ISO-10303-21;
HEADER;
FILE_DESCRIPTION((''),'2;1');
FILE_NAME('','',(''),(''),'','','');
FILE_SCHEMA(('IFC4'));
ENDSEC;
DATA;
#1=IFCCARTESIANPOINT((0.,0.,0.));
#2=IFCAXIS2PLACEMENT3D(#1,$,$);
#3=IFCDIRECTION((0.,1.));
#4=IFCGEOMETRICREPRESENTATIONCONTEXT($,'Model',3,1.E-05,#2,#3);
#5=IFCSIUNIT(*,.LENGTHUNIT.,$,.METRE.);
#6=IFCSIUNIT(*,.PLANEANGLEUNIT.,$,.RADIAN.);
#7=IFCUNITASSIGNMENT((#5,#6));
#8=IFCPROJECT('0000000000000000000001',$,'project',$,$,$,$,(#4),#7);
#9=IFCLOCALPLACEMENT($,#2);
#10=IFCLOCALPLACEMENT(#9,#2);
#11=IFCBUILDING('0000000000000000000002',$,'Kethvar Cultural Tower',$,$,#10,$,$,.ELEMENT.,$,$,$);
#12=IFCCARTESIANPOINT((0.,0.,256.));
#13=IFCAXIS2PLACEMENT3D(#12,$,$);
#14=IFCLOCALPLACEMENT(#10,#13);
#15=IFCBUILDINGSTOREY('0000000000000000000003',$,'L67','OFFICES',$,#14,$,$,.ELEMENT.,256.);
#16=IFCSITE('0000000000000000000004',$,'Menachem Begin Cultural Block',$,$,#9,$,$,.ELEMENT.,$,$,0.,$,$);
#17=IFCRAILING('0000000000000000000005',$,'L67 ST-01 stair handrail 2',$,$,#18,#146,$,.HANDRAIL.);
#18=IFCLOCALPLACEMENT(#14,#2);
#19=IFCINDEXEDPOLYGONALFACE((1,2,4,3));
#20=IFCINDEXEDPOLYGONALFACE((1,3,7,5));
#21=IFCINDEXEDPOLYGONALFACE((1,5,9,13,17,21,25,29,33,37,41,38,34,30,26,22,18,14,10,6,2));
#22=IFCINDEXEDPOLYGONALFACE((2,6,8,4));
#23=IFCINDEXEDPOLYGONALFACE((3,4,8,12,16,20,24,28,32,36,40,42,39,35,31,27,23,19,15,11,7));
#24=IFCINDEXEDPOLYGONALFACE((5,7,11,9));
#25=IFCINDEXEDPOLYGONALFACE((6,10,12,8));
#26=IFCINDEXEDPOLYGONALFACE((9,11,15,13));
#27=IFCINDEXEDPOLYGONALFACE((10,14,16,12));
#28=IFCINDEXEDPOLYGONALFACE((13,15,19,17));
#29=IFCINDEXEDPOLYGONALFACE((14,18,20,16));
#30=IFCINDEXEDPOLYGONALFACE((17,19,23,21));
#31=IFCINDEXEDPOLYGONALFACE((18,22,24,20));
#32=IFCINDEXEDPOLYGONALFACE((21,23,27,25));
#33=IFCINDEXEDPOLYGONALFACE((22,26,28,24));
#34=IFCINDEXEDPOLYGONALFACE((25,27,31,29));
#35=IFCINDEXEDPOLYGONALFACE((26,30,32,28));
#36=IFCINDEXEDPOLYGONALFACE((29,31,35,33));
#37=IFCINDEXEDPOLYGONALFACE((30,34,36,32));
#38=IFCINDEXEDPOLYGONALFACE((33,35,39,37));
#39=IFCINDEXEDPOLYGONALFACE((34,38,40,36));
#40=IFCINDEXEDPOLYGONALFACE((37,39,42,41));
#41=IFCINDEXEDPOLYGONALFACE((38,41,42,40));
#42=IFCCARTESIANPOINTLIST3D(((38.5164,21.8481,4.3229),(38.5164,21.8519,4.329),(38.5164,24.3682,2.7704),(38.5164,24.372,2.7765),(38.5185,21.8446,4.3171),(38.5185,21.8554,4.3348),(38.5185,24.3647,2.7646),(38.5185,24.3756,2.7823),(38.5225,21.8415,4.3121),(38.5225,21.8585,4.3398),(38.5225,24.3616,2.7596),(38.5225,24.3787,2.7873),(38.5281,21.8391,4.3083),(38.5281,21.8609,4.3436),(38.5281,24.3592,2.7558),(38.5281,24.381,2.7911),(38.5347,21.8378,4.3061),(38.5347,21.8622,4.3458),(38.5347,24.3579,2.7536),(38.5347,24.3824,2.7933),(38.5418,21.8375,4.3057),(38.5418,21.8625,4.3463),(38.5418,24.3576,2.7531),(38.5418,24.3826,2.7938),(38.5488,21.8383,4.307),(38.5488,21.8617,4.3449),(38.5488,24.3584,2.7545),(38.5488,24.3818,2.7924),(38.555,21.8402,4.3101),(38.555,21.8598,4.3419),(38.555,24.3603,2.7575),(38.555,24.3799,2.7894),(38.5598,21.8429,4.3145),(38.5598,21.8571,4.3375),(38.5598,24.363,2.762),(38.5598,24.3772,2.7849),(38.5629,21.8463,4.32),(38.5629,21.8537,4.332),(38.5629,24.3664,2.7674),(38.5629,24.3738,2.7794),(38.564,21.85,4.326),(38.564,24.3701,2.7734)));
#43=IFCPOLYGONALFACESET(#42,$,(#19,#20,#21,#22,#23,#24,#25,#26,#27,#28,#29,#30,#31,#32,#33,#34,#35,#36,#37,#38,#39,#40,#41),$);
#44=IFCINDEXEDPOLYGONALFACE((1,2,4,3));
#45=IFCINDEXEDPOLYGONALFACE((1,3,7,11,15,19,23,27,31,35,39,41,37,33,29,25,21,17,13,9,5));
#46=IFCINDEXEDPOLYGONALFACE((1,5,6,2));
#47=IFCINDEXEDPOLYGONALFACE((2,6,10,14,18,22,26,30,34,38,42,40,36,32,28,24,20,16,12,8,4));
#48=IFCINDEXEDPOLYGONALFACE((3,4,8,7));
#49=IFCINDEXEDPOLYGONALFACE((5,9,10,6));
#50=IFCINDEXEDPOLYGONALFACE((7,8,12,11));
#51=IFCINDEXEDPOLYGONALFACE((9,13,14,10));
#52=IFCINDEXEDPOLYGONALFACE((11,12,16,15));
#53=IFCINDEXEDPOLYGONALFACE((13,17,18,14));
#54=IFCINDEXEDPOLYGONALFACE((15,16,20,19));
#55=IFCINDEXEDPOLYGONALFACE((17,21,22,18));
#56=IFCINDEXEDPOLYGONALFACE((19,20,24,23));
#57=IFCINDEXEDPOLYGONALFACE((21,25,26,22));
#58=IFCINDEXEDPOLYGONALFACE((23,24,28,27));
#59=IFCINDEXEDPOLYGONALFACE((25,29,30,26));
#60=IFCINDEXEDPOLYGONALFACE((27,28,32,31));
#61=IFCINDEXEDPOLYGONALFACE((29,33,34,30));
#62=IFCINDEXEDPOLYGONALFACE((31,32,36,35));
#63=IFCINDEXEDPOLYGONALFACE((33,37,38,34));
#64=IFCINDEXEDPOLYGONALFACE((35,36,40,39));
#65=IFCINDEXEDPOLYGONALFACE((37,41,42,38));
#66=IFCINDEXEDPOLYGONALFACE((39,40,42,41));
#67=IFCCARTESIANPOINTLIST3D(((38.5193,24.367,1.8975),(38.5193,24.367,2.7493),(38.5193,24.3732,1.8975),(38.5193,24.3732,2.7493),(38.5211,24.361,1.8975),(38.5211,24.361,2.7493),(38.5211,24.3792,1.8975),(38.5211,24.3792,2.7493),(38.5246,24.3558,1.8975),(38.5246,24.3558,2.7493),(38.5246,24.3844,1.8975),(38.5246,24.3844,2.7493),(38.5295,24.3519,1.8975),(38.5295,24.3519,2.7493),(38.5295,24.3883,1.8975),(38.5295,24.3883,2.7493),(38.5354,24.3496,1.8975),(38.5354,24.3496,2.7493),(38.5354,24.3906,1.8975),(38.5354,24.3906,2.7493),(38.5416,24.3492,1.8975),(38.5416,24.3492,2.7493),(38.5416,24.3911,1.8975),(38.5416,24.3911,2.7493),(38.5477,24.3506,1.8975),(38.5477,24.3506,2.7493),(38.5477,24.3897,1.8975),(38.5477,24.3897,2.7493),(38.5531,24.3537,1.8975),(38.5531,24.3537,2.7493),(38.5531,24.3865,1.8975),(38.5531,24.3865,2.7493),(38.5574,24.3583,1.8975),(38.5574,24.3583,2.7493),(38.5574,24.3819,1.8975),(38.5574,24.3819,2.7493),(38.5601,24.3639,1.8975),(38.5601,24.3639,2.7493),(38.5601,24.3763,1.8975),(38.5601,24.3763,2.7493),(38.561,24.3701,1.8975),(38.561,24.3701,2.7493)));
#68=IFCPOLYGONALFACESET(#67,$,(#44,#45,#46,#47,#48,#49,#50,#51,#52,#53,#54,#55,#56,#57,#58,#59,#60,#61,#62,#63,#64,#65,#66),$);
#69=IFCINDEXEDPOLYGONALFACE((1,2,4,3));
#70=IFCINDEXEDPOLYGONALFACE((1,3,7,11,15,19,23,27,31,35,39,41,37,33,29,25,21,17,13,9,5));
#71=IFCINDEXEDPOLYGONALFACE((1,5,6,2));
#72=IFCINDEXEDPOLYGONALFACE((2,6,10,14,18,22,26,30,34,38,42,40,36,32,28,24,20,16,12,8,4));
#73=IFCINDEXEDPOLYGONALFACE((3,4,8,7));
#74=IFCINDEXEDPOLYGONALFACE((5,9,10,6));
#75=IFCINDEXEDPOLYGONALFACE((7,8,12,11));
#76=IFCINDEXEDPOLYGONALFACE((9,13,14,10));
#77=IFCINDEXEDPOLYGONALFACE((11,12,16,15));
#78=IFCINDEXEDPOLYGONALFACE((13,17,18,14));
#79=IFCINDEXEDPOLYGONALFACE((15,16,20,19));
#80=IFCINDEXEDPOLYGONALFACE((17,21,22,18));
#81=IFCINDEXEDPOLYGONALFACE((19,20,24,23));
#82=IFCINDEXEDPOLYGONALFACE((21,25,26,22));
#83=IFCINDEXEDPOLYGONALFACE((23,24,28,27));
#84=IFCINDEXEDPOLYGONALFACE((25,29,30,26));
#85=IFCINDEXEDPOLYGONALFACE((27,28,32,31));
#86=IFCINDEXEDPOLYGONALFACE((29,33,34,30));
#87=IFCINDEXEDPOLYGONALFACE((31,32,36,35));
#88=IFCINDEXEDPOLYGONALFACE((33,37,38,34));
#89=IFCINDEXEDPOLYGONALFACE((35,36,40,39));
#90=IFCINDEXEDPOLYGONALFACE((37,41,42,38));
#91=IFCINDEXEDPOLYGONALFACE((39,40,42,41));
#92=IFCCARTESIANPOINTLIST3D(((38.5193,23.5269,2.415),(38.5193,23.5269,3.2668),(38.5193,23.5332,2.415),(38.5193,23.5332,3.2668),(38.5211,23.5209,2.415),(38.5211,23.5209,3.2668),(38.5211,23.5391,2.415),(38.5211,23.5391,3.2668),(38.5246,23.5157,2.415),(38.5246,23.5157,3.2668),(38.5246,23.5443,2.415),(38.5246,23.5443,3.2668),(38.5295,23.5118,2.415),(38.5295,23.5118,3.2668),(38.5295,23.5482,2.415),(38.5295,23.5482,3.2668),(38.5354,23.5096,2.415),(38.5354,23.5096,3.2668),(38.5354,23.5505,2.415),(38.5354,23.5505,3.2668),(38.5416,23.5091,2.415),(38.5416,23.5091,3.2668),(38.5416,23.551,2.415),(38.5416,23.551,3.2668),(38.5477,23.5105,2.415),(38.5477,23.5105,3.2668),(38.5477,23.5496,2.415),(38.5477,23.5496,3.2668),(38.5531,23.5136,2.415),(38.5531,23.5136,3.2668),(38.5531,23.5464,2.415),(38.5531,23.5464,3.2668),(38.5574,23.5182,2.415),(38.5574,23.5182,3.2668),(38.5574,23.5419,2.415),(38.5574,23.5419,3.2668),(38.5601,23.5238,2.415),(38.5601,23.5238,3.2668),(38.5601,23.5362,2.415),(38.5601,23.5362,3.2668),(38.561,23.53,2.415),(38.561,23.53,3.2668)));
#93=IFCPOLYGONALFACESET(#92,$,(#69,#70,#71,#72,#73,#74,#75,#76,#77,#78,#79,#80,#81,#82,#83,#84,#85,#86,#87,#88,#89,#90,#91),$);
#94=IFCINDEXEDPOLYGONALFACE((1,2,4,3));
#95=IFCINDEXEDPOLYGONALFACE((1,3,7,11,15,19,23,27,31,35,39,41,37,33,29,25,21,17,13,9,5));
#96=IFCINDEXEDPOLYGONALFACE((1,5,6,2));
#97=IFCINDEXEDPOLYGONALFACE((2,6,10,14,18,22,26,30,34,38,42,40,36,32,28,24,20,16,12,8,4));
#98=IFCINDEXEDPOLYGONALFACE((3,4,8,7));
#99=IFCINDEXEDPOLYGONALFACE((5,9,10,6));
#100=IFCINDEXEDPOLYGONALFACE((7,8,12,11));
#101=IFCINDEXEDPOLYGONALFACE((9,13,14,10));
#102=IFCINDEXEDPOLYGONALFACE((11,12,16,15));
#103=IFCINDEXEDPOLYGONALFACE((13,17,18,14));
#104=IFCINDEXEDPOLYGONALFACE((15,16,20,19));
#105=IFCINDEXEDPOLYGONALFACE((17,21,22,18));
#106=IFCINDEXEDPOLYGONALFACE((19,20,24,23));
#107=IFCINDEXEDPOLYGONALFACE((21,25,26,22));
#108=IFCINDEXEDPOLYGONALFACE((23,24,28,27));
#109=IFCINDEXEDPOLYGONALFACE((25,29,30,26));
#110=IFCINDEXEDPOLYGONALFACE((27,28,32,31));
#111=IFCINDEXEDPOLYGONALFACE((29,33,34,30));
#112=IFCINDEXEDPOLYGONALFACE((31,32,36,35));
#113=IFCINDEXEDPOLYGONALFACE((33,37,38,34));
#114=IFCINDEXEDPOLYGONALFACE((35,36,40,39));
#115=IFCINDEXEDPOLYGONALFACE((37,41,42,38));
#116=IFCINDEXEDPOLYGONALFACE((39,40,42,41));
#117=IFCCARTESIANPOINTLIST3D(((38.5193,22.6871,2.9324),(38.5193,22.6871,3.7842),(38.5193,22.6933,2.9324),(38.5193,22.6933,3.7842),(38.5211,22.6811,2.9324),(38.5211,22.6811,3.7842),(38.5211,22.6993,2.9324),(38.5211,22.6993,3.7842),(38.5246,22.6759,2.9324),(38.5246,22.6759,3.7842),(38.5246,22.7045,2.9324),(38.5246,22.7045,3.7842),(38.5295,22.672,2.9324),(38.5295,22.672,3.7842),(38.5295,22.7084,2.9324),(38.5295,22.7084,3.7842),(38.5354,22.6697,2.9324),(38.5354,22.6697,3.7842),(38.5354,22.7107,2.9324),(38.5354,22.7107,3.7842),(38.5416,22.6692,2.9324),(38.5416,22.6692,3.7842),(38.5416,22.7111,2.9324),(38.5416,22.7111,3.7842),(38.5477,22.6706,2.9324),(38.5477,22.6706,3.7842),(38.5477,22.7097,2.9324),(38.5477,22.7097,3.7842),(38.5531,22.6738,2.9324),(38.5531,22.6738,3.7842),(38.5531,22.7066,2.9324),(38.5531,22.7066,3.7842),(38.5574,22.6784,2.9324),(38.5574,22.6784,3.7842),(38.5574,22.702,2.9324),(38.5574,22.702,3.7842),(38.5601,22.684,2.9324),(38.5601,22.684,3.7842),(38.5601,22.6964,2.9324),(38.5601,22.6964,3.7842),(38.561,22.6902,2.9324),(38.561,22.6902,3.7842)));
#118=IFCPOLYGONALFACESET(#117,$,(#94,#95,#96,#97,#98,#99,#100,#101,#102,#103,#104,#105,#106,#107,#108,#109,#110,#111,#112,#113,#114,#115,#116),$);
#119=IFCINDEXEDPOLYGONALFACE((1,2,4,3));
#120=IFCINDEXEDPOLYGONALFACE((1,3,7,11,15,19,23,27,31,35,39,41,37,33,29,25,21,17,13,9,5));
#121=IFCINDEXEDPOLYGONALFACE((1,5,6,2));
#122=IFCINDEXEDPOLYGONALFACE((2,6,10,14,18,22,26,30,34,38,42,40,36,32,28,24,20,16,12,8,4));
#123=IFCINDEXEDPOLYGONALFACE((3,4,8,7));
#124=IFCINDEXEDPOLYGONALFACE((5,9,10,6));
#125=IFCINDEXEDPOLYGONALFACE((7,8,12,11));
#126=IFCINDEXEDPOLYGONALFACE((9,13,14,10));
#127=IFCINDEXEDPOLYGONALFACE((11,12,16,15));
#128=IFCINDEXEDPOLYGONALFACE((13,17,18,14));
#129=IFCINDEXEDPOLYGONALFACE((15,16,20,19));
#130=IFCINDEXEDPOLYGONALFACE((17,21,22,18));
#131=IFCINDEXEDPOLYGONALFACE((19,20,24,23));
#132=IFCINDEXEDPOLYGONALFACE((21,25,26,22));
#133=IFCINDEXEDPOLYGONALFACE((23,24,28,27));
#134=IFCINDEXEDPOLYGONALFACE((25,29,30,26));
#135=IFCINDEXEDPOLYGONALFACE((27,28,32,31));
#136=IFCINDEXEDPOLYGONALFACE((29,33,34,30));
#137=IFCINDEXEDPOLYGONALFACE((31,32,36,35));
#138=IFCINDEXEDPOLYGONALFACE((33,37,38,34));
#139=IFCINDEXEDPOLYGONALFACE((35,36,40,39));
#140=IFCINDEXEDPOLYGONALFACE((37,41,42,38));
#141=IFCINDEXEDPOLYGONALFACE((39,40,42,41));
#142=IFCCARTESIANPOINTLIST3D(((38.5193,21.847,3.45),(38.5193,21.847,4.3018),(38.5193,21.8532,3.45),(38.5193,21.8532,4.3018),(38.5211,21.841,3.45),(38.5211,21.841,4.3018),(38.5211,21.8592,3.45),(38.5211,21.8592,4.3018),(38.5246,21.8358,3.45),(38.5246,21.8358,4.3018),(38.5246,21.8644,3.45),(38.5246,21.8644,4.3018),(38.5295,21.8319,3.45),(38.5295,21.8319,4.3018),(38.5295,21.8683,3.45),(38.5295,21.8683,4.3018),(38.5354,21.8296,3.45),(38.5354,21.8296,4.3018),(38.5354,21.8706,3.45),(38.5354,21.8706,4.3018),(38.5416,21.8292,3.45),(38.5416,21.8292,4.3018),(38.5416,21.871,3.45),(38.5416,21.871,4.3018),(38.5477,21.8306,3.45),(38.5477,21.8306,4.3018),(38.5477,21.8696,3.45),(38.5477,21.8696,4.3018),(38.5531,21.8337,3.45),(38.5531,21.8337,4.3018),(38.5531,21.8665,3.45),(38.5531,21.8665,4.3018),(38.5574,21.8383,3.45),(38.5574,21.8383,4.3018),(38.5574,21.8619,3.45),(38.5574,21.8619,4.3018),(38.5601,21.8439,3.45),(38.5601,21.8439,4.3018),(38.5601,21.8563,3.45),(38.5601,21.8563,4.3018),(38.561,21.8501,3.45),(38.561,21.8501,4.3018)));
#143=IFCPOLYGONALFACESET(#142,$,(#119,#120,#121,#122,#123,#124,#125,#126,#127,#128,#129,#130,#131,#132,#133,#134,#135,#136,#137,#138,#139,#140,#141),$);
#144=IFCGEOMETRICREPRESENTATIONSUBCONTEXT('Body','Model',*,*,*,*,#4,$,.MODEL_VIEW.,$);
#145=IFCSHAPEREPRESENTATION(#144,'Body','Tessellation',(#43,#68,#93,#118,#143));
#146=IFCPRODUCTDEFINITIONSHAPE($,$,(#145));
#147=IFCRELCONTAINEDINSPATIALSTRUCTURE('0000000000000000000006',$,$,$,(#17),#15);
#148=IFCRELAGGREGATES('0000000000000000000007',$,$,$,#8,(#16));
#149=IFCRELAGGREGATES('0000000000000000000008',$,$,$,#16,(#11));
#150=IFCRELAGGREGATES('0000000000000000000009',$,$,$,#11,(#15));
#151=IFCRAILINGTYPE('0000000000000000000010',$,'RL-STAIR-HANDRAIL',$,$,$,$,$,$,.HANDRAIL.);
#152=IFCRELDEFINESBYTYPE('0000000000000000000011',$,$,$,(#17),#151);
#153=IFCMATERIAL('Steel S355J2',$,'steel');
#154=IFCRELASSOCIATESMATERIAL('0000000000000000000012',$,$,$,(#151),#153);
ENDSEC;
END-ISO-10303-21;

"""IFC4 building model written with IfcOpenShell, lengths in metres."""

from ifc_helpers import new_model, si_unit, direction, frame, origin, origin_2d, place, context, subcontext, project, spatial, circle, extrude, material, type_object, element, save


model = new_model("IFC4")

# Units and contexts
model_context = context("Model", 3, precision=1e-05, world=origin(), true_north=direction((0.0, 1.0)))
body_context = subcontext(model_context, "Body", "Model", "MODEL_VIEW")
ifc_project = project(units=[si_unit("LENGTHUNIT", "METRE"), si_unit("PLANEANGLEUNIT", "RADIAN")], contexts=[model_context])

# Site, building, storey
site_placement = place(None, origin())
site = spatial("IfcSite", under=ifc_project, at=site_placement, Name="Menachem Begin Cultural Block", CompositionType="ELEMENT", RefElevation=0.0)
building_placement = place(site_placement, origin())
building = spatial("IfcBuilding", under=site, at=building_placement, Name="Kethvar Cultural Tower", CompositionType="ELEMENT")
storey_placement = place(building_placement, frame((0.0, 0.0, 256.0)))
storey = spatial("IfcBuildingStorey", under=building, at=storey_placement, Name="L67", Description="OFFICES", CompositionType="ELEMENT", Elevation=256.0)

# Shared definitions
ifc_material_1 = material(Name="Steel S355J2", Category="steel")

# Railing
railing_type_1 = type_object("IfcRailingType", Name="RL-STAIR-HANDRAIL", PredefinedType="HANDRAIL", material=ifc_material_1)
railing_1_placement = place(storey_placement, frame((38.54, 24.3701, 1.8975)))
element("IfcRailing", 1, at=railing_1_placement, inside=storey, type_object=railing_type_1, Name="L67 ST-01 stair handrail 2", PredefinedType="HANDRAIL", context=body_context, shape_type="SweptSolid", body=[
    extrude(circle(Radius=0.0239, at=origin_2d()), frame((0.0, 0.0, 0.876), z_axis=(0.0, -0.8514, 0.524516), x_axis=(1.0, 0.0, 0.0)), (0.0, 0.0, 1.0), 2.96),
    extrude(circle(Radius=0.021, at=origin_2d()), origin(), (0.0, 0.0, 1.0), 0.8518),
    extrude(circle(Radius=0.021, at=origin_2d()), frame((0.0, -0.8401, 0.5176)), (0.0, 0.0, 1.0), 0.8518),
    extrude(circle(Radius=0.021, at=origin_2d()), frame((0.0, -1.6799, 1.0349)), (0.0, 0.0, 1.0), 0.8518),
    extrude(circle(Radius=0.021, at=origin_2d()), frame((0.0, -2.52, 1.5525)), (0.0, 0.0, 1.0), 0.8518),
])

save(model, "model.ifc")
